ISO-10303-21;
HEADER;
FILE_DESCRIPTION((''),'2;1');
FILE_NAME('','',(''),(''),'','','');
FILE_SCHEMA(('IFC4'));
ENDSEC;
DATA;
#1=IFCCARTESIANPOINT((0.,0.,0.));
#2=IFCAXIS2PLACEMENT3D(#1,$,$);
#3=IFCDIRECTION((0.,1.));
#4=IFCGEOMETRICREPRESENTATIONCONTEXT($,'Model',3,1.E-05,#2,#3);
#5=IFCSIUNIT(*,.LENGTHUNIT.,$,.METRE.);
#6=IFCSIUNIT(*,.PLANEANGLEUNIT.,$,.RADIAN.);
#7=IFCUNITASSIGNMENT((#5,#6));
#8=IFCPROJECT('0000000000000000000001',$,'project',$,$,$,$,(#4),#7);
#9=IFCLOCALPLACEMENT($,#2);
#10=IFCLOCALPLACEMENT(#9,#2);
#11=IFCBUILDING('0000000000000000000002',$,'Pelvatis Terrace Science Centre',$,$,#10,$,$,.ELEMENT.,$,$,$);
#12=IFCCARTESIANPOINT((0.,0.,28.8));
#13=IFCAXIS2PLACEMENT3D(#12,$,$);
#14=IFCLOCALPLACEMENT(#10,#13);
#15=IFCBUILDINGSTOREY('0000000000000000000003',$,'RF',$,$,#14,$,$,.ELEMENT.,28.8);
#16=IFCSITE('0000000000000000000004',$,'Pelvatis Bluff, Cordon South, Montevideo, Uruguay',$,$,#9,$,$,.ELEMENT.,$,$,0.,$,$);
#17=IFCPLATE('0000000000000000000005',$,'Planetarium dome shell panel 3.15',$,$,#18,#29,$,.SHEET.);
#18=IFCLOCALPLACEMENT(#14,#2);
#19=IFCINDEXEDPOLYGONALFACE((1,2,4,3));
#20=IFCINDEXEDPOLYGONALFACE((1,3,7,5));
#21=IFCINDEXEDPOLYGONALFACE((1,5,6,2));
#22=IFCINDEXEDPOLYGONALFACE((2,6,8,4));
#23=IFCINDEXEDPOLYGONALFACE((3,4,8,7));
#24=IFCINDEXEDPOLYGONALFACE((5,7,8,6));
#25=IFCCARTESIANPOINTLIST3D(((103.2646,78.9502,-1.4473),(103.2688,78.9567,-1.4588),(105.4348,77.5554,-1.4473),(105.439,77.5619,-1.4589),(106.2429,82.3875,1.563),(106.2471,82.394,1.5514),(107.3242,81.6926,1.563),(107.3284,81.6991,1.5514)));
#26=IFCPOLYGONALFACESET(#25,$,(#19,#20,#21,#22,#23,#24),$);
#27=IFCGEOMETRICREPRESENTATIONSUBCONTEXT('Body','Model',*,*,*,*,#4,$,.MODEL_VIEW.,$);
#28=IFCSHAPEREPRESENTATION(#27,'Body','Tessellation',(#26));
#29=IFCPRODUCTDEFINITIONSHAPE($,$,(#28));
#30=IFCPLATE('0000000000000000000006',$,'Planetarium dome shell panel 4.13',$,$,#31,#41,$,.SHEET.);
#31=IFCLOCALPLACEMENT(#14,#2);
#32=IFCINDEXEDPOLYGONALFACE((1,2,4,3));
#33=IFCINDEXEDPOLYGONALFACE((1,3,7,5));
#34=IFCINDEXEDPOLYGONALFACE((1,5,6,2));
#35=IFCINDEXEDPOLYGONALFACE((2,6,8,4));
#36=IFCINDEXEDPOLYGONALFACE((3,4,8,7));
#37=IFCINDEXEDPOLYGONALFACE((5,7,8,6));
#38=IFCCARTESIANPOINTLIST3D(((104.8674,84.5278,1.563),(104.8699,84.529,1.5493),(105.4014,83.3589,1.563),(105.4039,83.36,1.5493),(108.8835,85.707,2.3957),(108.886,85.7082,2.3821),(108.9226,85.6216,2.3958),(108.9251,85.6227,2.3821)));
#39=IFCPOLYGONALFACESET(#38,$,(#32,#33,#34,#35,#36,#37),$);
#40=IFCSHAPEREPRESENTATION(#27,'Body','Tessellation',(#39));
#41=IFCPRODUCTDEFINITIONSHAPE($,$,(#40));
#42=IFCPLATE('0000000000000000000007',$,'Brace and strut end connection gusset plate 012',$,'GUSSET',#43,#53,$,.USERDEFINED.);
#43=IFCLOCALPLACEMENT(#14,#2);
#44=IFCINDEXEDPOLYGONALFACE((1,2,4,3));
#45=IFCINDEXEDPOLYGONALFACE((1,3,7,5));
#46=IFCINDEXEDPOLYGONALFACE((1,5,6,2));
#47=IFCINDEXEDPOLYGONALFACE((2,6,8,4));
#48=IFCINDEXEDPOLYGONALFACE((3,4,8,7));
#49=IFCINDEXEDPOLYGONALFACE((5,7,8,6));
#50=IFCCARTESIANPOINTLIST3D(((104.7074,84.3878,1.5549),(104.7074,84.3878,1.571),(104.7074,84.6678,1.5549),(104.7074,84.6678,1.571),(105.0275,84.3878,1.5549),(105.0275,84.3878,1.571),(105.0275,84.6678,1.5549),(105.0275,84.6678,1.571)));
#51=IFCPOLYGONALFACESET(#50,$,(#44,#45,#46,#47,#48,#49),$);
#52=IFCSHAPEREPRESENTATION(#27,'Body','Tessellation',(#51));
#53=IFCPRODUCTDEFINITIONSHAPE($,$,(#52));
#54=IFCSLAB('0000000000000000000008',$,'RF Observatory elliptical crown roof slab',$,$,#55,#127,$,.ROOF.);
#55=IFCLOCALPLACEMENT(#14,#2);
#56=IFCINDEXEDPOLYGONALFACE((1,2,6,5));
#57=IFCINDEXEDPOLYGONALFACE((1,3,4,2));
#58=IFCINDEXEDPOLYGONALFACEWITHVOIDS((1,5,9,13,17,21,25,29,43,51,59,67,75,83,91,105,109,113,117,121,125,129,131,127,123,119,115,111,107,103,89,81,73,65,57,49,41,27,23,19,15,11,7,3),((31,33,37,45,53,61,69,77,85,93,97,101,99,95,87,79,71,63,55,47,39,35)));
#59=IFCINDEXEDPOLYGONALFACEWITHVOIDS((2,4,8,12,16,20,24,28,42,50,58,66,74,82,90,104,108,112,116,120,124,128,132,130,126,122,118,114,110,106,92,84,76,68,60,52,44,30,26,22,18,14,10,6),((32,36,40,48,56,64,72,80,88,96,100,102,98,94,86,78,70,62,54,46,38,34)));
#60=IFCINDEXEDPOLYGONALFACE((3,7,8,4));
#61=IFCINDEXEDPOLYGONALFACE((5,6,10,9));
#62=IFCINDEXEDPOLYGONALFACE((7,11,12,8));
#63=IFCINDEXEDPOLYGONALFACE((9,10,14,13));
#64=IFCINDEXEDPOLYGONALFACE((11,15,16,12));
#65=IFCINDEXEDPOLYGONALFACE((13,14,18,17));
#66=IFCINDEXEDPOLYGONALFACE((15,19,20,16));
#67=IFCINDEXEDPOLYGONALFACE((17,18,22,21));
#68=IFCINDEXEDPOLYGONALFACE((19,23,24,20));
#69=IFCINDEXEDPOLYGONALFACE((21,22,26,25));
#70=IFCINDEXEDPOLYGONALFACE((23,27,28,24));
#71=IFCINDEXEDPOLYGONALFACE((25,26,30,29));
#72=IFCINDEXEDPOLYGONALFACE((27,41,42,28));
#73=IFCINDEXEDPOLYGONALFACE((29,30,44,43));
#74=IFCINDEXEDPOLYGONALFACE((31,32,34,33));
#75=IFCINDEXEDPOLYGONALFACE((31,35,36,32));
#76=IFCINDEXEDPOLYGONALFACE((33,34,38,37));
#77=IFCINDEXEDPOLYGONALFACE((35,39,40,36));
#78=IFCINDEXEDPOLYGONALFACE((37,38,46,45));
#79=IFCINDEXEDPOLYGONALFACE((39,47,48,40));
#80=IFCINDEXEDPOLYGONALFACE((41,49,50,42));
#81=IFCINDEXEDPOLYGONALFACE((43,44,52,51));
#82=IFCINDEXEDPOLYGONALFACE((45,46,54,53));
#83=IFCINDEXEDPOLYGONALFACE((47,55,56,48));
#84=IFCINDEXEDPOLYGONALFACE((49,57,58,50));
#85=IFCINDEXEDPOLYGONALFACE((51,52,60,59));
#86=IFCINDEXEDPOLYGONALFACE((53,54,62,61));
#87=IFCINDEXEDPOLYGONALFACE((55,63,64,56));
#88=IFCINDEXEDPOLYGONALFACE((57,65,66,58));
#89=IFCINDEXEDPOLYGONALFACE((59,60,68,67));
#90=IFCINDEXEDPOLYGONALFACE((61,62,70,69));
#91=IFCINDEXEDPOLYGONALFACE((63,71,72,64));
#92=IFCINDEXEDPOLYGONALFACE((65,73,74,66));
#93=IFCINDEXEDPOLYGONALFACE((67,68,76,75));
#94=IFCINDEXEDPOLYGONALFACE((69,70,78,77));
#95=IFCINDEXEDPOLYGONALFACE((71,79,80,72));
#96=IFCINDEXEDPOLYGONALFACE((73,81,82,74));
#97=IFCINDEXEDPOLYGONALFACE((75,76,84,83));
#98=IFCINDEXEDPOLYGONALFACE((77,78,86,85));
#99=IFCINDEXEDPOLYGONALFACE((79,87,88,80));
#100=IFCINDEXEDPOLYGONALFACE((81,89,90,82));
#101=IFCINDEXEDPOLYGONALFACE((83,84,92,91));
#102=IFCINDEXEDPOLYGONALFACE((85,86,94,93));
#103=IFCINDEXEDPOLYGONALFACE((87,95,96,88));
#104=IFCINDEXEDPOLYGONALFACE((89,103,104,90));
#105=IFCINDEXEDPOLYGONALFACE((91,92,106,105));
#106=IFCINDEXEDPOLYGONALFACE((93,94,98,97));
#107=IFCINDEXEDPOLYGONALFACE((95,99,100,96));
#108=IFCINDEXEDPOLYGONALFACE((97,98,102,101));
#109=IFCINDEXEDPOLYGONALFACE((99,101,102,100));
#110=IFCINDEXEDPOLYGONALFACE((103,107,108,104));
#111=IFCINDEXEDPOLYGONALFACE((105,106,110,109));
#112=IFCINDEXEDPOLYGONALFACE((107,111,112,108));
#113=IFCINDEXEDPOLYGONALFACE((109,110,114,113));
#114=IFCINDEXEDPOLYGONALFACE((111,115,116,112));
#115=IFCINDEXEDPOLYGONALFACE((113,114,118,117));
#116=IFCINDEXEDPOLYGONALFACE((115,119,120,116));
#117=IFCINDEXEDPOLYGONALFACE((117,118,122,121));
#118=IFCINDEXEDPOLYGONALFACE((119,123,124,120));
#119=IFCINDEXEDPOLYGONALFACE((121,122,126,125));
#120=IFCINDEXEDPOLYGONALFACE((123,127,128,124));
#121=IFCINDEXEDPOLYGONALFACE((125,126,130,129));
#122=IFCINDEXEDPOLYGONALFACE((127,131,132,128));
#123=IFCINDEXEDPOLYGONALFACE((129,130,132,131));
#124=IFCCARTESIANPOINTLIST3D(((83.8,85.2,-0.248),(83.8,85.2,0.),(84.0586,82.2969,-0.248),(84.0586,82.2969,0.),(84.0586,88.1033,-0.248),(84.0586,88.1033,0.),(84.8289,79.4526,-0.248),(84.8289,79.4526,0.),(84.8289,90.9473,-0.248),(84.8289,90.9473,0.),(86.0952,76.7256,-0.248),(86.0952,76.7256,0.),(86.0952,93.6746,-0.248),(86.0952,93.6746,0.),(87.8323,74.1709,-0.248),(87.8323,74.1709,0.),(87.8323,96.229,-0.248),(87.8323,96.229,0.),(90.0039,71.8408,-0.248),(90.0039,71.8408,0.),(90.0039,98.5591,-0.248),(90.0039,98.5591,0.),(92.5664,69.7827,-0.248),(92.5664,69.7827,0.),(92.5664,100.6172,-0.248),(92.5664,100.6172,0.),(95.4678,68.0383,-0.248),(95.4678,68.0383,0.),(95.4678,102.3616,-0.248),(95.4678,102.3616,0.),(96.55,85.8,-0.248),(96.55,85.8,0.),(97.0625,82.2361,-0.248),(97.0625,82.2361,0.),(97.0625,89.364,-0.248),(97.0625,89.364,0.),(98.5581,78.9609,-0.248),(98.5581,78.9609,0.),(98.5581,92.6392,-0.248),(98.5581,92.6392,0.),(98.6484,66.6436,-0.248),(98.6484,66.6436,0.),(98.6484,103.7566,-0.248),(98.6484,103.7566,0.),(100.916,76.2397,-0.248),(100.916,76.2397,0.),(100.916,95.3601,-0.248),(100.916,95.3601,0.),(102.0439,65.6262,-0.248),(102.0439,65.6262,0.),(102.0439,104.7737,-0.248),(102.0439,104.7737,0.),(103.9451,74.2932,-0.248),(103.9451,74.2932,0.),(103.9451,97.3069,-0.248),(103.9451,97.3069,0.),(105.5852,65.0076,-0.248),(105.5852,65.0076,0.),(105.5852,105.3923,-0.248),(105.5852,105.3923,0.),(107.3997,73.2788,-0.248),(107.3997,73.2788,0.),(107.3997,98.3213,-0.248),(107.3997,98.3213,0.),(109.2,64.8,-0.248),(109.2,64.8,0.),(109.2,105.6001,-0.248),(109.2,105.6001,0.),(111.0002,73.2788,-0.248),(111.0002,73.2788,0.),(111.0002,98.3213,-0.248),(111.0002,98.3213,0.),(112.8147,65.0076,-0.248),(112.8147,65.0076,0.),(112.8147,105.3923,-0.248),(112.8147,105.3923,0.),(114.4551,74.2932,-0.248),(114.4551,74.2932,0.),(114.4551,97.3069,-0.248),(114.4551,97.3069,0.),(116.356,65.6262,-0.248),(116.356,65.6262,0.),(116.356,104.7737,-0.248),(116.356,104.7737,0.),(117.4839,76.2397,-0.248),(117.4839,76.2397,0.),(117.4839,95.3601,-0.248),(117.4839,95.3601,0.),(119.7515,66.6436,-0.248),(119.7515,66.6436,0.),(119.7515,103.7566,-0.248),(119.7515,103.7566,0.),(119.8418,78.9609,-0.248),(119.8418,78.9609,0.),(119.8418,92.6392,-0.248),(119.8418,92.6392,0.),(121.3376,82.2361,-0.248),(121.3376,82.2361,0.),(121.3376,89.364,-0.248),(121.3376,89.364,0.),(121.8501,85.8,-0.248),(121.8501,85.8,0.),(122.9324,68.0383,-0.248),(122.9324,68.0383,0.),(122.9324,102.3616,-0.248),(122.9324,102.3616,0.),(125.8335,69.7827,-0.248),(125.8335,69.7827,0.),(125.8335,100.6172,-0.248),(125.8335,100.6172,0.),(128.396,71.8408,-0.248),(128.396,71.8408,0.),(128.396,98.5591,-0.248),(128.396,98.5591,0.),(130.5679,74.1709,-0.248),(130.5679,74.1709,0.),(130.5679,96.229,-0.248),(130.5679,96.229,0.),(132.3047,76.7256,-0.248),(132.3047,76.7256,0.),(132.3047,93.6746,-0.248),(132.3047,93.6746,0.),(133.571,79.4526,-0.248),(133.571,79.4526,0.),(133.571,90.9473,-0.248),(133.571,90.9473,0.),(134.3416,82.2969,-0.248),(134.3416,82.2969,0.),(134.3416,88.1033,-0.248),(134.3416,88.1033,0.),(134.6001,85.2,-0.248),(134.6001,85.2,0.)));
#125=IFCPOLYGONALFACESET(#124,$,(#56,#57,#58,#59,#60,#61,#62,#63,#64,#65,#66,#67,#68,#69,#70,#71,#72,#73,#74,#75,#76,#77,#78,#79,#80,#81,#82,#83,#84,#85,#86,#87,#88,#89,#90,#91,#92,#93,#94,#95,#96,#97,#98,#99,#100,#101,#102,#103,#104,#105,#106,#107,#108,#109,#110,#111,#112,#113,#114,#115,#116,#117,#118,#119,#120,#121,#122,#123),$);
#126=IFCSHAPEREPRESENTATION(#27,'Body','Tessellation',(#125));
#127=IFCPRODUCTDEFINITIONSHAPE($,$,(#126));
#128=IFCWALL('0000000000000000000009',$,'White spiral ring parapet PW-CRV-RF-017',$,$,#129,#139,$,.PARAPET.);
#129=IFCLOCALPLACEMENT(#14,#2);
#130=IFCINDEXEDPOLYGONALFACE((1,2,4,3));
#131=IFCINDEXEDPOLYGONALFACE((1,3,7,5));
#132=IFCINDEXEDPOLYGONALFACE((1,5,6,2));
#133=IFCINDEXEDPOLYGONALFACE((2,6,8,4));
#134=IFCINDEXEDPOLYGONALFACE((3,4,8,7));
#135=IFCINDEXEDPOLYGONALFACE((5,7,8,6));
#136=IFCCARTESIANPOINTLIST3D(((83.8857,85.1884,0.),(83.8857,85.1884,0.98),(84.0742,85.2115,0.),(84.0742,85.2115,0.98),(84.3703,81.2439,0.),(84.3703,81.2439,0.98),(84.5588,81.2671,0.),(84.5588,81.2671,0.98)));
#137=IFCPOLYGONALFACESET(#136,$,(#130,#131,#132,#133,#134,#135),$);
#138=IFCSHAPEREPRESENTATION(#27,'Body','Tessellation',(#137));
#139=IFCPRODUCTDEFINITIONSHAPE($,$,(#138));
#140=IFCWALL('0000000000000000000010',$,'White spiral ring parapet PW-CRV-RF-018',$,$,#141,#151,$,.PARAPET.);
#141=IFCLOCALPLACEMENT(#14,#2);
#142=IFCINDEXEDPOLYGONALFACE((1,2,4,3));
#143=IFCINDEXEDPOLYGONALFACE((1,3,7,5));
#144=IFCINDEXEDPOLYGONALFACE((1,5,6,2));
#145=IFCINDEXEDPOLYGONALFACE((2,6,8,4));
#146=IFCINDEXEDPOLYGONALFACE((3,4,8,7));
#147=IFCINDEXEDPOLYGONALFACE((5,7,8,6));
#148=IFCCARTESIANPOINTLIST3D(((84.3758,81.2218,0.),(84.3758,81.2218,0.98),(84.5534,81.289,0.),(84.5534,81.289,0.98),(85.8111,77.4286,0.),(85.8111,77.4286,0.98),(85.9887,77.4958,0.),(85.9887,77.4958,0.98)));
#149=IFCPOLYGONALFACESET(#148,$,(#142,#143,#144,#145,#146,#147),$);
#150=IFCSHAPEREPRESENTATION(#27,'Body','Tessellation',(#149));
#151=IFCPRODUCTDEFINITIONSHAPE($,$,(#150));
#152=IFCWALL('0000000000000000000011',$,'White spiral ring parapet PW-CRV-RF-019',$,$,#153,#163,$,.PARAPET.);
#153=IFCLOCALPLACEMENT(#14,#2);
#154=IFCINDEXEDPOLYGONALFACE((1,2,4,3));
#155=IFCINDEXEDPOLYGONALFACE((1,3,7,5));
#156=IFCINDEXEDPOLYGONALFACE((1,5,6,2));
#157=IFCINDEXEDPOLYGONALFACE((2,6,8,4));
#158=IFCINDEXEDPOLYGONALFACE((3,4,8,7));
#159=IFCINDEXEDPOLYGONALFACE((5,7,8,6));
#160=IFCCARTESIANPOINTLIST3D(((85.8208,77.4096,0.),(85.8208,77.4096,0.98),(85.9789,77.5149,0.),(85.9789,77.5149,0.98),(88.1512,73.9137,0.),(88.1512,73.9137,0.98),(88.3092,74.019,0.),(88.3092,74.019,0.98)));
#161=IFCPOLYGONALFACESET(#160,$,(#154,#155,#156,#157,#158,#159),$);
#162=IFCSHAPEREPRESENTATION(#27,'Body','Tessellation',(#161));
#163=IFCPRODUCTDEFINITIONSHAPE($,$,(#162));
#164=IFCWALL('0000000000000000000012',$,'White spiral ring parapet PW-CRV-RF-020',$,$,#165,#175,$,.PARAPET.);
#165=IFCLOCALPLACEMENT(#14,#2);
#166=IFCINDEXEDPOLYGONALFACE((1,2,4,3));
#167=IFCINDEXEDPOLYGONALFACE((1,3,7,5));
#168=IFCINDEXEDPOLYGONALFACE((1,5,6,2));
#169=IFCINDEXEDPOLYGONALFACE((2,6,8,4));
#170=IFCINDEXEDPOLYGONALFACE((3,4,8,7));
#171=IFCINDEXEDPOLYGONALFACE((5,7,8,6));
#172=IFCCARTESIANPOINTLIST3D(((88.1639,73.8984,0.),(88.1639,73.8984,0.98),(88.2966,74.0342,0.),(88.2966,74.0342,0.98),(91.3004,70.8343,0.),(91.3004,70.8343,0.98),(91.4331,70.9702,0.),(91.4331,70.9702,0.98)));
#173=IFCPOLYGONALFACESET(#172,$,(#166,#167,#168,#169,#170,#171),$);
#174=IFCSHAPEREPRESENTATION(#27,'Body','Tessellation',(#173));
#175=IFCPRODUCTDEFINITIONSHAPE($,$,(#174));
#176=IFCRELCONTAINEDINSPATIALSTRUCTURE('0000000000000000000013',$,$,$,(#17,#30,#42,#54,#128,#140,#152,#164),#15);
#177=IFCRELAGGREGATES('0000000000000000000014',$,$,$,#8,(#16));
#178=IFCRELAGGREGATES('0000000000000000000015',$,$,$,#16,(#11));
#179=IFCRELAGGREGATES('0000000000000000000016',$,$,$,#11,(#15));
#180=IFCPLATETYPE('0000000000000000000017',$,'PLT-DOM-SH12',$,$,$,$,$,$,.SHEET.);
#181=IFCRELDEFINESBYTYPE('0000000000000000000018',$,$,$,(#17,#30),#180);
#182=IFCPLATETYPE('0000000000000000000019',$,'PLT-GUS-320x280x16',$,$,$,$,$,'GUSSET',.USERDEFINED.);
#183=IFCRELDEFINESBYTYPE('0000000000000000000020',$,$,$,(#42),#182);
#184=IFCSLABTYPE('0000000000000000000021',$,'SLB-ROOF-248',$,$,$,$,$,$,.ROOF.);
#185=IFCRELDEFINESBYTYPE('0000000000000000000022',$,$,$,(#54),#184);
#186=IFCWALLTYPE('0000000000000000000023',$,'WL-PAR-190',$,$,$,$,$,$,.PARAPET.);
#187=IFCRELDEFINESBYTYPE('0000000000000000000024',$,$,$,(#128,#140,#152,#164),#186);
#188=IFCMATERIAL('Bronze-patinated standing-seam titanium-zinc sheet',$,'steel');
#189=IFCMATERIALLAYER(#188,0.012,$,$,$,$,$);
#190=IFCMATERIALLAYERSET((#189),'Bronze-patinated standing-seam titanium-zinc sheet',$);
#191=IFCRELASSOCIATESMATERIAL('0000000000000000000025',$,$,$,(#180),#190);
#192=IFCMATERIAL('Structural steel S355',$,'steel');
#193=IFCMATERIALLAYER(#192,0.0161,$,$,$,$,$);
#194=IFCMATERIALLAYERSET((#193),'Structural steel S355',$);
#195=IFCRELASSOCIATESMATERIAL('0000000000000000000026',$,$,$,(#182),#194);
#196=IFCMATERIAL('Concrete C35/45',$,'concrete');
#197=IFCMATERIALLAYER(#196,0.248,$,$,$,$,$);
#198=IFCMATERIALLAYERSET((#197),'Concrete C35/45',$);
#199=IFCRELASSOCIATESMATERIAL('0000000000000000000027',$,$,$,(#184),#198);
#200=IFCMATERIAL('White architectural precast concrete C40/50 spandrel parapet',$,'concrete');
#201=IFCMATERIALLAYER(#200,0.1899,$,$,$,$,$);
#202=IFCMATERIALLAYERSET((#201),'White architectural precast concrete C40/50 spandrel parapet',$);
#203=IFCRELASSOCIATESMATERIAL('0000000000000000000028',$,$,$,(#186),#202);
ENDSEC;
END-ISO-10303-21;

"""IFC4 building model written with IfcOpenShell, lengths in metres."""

from ifc_helpers import new_model, si_unit, direction, frame, frame_2d, origin, origin_2d, place, context, subcontext, project, spatial, polyline, rectangle, outline, extrude, material, layer, layer_set, type_object, element, save


model = new_model("IFC4")

# Units and contexts
model_context = context("Model", 3, precision=1e-05, world=origin(), true_north=direction((0.0, 1.0)))
body_context = subcontext(model_context, "Body", "Model", "MODEL_VIEW")
ifc_project = project(units=[si_unit("LENGTHUNIT", "METRE"), si_unit("PLANEANGLEUNIT", "RADIAN")], contexts=[model_context])

# Site, building, storey
site_placement = place(None, origin())
site = spatial("IfcSite", under=ifc_project, at=site_placement, Name="Pelvatis Bluff, Cordon South, Montevideo, Uruguay", CompositionType="ELEMENT", RefElevation=0.0)
building_placement = place(site_placement, origin())
building = spatial("IfcBuilding", under=site, at=building_placement, Name="Pelvatis Terrace Science Centre", CompositionType="ELEMENT")
storey_placement = place(building_placement, frame((0.0, 0.0, 28.8)))
storey = spatial("IfcBuildingStorey", under=building, at=storey_placement, Name="RF", CompositionType="ELEMENT", Elevation=28.8)

# Plates
ifc_material_1 = material(Name="Bronze-patinated standing-seam titanium-zinc sheet", Category="steel")
ifc_layer_1 = layer(ifc_material_1, 0.012)
ifc_layer_set_1 = layer_set([ifc_layer_1], Name="Bronze-patinated standing-seam titanium-zinc sheet")
plate_type_1 = type_object("IfcPlateType", Name="PLT-DOM-SH12", PredefinedType="SHEET", material=ifc_layer_set_1)
plate_1_placement = place(storey_placement, frame((103.2646, 78.9502, -1.4473), z_axis=(-0.300518, -0.467612, 0.831281), x_axis=(0.841242, -0.540659, -0.000013)))
element("IfcPlate", 1, at=plate_1_placement, inside=storey, type_object=plate_type_1, Name="Planetarium dome shell panel 3.15", PredefinedType="SHEET", context=body_context, shape_type="SweptSolid", body=[
    extrude(outline(polyline([(0.0, 0.0), (2.5797, 0.0), (1.9323, 5.4156), (0.647, 5.4155), (0.0, 0.0)])), origin(), (0.0, 0.0, -1.0), 0.0139),
])
plate_2_placement = place(storey_placement, frame((104.8674, 84.5278, 1.563), z_axis=(-0.179247, -0.081879, 0.980391), x_axis=(0.415478, -0.909603, -0.000004)))
element("IfcPlate", 2, at=plate_2_placement, inside=storey, type_object=plate_type_1, Name="Planetarium dome shell panel 4.13", PredefinedType="SHEET", context=body_context, shape_type="SweptSolid", body=[
    extrude(outline(polyline([(0.0, 0.0), (1.2851, 0.0), (0.69, 4.2259), (0.596, 4.2259), (0.0, 0.0)])), origin(), (0.0, 0.0, -1.0), 0.0139),
])
ifc_material_2 = material(Name="Structural steel S355", Category="steel")
ifc_layer_2 = layer(ifc_material_2, 0.0161)
ifc_layer_set_2 = layer_set([ifc_layer_2], Name="Structural steel S355")
plate_type_2 = type_object("IfcPlateType", Name="PLT-GUS-320x280x16", ElementType="GUSSET", PredefinedType="USERDEFINED", material=ifc_layer_set_2)
plate_3_placement = place(storey_placement, frame((104.8674, 84.5278, 1.5549), z_axis=(0.0, 0.0, 1.0), x_axis=(1.0, 0.0, 0.0)))
element("IfcPlate", 3, at=plate_3_placement, inside=storey, type_object=plate_type_2, Name="Brace and strut end connection gusset plate 012", ObjectType="GUSSET", PredefinedType="USERDEFINED", context=body_context, shape_type="SweptSolid", body=[
    extrude(rectangle(XDim=0.3201, YDim=0.28, at=origin_2d()), origin(), (0.0, 0.0, 1.0), 0.0161),
])

# Slab
ifc_material_3 = material(Name="Concrete C35/45", Category="concrete")
ifc_layer_3 = layer(ifc_material_3, 0.248)
ifc_layer_set_3 = layer_set([ifc_layer_3], Name="Concrete C35/45")
slab_type = type_object("IfcSlabType", Name="SLB-ROOF-248", PredefinedType="ROOF", material=ifc_layer_set_3)
slab_placement = place(storey_placement, frame((0.0, 0.0, -0.248)))
element("IfcSlab", 4, at=slab_placement, inside=storey, type_object=slab_type, Name="RF Observatory elliptical crown roof slab", PredefinedType="ROOF", context=body_context, shape_type="SweptSolid", body=[
    extrude(outline(polyline([(134.3416, 82.2969), (133.571, 79.4526), (132.3047, 76.7256), (130.5679, 74.1709), (128.396, 71.8408), (125.8335, 69.7827), (122.9324, 68.0383), (119.7515, 66.6436), (116.356, 65.6262), (112.8147, 65.0076), (109.2, 64.8), (105.5852, 65.0076), (102.0439, 65.6262), (98.6484, 66.6436), (95.4678, 68.0383), (92.5664, 69.7827), (90.0039, 71.8408), (87.8323, 74.1709), (86.0952, 76.7256), (84.8289, 79.4526), (84.0586, 82.2969), (83.8, 85.2), (84.0586, 88.1033), (84.8289, 90.9473), (86.0952, 93.6746), (87.8323, 96.229), (90.0039, 98.5591), (92.5664, 100.6172), (95.4678, 102.3616), (98.6484, 103.7566), (102.0439, 104.7737), (105.5852, 105.3923), (109.2, 105.6001), (112.8147, 105.3923), (116.356, 104.7737), (119.7515, 103.7566), (122.9324, 102.3616), (125.8335, 100.6172), (128.396, 98.5591), (130.5679, 96.229), (132.3047, 93.6746), (133.571, 90.9473), (134.3416, 88.1033), (134.6001, 85.2), (134.3416, 82.2969)]), holes=[polyline([(121.3376, 89.364), (119.8418, 92.6392), (117.4839, 95.3601), (114.4551, 97.3069), (111.0002, 98.3213), (107.3997, 98.3213), (103.9451, 97.3069), (100.916, 95.3601), (98.5581, 92.6392), (97.0625, 89.364), (96.55, 85.8), (97.0625, 82.2361), (98.5581, 78.9609), (100.916, 76.2397), (103.9451, 74.2932), (107.3997, 73.2788), (111.0002, 73.2788), (114.4551, 74.2932), (117.4839, 76.2397), (119.8418, 78.9609), (121.3376, 82.2361), (121.8501, 85.8), (121.3376, 89.364)])]), origin(), (0.0, 0.0, 1.0), 0.248),
])

# Walls
ifc_material_4 = material(Name="White architectural precast concrete C40/50 spandrel parapet", Category="concrete")
ifc_layer_4 = layer(ifc_material_4, 0.1899)
ifc_layer_set_4 = layer_set([ifc_layer_4], Name="White architectural precast concrete C40/50 spandrel parapet")
wall_type = type_object("IfcWallType", Name="WL-PAR-190", PredefinedType="PARAPET", material=ifc_layer_set_4)
wall_1_placement = place(storey_placement, frame((83.98, 85.2, 0.0), z_axis=(0.0, 0.0, 1.0), x_axis=(0.12194, -0.992537, 0.0)))
element("IfcWall", 5, at=wall_1_placement, inside=storey, type_object=wall_type, Name="White spiral ring parapet PW-CRV-RF-017", PredefinedType="PARAPET", context=body_context, shape_type="SweptSolid", body=[
    extrude(rectangle(XDim=3.9741, YDim=0.1899, at=frame_2d((1.9871, 0.0))), origin(), (0.0, 0.0, 1.0), 0.98),
])
wall_2_placement = place(storey_placement, frame((84.4646, 81.2554, 0.0), z_axis=(0.0, 0.0, 1.0), x_axis=(0.353899, -0.935284, 0.0)))
element("IfcWall", 6, at=wall_2_placement, inside=storey, type_object=wall_type, Name="White spiral ring parapet PW-CRV-RF-018", PredefinedType="PARAPET", context=body_context, shape_type="SweptSolid", body=[
    extrude(rectangle(XDim=4.0557, YDim=0.1899, at=frame_2d((2.0278, 0.0))), origin(), (0.0, 0.0, 1.0), 0.98),
])
wall_3_placement = place(storey_placement, frame((85.8999, 77.4622, 0.0), z_axis=(0.0, 0.0, 1.0), x_axis=(0.55466, -0.832077, 0.0)))
element("IfcWall", 7, at=wall_3_placement, inside=storey, type_object=wall_type, Name="White spiral ring parapet PW-CRV-RF-019", PredefinedType="PARAPET", context=body_context, shape_type="SweptSolid", body=[
    extrude(rectangle(XDim=4.2014, YDim=0.1899, at=frame_2d((2.1006, 0.0))), origin(), (0.0, 0.0, 1.0), 0.98),
])
wall_4_placement = place(storey_placement, frame((88.2302, 73.9663, 0.0), z_axis=(0.0, 0.0, 1.0), x_axis=(0.715327, -0.69879, 0.0)))
element("IfcWall", 8, at=wall_4_placement, inside=storey, type_object=wall_type, Name="White spiral ring parapet PW-CRV-RF-020", PredefinedType="PARAPET", context=body_context, shape_type="SweptSolid", body=[
    extrude(rectangle(XDim=4.3848, YDim=0.1899, at=frame_2d((2.1924, 0.0))), origin(), (0.0, 0.0, 1.0), 0.98),
])

save(model, "model.ifc")
